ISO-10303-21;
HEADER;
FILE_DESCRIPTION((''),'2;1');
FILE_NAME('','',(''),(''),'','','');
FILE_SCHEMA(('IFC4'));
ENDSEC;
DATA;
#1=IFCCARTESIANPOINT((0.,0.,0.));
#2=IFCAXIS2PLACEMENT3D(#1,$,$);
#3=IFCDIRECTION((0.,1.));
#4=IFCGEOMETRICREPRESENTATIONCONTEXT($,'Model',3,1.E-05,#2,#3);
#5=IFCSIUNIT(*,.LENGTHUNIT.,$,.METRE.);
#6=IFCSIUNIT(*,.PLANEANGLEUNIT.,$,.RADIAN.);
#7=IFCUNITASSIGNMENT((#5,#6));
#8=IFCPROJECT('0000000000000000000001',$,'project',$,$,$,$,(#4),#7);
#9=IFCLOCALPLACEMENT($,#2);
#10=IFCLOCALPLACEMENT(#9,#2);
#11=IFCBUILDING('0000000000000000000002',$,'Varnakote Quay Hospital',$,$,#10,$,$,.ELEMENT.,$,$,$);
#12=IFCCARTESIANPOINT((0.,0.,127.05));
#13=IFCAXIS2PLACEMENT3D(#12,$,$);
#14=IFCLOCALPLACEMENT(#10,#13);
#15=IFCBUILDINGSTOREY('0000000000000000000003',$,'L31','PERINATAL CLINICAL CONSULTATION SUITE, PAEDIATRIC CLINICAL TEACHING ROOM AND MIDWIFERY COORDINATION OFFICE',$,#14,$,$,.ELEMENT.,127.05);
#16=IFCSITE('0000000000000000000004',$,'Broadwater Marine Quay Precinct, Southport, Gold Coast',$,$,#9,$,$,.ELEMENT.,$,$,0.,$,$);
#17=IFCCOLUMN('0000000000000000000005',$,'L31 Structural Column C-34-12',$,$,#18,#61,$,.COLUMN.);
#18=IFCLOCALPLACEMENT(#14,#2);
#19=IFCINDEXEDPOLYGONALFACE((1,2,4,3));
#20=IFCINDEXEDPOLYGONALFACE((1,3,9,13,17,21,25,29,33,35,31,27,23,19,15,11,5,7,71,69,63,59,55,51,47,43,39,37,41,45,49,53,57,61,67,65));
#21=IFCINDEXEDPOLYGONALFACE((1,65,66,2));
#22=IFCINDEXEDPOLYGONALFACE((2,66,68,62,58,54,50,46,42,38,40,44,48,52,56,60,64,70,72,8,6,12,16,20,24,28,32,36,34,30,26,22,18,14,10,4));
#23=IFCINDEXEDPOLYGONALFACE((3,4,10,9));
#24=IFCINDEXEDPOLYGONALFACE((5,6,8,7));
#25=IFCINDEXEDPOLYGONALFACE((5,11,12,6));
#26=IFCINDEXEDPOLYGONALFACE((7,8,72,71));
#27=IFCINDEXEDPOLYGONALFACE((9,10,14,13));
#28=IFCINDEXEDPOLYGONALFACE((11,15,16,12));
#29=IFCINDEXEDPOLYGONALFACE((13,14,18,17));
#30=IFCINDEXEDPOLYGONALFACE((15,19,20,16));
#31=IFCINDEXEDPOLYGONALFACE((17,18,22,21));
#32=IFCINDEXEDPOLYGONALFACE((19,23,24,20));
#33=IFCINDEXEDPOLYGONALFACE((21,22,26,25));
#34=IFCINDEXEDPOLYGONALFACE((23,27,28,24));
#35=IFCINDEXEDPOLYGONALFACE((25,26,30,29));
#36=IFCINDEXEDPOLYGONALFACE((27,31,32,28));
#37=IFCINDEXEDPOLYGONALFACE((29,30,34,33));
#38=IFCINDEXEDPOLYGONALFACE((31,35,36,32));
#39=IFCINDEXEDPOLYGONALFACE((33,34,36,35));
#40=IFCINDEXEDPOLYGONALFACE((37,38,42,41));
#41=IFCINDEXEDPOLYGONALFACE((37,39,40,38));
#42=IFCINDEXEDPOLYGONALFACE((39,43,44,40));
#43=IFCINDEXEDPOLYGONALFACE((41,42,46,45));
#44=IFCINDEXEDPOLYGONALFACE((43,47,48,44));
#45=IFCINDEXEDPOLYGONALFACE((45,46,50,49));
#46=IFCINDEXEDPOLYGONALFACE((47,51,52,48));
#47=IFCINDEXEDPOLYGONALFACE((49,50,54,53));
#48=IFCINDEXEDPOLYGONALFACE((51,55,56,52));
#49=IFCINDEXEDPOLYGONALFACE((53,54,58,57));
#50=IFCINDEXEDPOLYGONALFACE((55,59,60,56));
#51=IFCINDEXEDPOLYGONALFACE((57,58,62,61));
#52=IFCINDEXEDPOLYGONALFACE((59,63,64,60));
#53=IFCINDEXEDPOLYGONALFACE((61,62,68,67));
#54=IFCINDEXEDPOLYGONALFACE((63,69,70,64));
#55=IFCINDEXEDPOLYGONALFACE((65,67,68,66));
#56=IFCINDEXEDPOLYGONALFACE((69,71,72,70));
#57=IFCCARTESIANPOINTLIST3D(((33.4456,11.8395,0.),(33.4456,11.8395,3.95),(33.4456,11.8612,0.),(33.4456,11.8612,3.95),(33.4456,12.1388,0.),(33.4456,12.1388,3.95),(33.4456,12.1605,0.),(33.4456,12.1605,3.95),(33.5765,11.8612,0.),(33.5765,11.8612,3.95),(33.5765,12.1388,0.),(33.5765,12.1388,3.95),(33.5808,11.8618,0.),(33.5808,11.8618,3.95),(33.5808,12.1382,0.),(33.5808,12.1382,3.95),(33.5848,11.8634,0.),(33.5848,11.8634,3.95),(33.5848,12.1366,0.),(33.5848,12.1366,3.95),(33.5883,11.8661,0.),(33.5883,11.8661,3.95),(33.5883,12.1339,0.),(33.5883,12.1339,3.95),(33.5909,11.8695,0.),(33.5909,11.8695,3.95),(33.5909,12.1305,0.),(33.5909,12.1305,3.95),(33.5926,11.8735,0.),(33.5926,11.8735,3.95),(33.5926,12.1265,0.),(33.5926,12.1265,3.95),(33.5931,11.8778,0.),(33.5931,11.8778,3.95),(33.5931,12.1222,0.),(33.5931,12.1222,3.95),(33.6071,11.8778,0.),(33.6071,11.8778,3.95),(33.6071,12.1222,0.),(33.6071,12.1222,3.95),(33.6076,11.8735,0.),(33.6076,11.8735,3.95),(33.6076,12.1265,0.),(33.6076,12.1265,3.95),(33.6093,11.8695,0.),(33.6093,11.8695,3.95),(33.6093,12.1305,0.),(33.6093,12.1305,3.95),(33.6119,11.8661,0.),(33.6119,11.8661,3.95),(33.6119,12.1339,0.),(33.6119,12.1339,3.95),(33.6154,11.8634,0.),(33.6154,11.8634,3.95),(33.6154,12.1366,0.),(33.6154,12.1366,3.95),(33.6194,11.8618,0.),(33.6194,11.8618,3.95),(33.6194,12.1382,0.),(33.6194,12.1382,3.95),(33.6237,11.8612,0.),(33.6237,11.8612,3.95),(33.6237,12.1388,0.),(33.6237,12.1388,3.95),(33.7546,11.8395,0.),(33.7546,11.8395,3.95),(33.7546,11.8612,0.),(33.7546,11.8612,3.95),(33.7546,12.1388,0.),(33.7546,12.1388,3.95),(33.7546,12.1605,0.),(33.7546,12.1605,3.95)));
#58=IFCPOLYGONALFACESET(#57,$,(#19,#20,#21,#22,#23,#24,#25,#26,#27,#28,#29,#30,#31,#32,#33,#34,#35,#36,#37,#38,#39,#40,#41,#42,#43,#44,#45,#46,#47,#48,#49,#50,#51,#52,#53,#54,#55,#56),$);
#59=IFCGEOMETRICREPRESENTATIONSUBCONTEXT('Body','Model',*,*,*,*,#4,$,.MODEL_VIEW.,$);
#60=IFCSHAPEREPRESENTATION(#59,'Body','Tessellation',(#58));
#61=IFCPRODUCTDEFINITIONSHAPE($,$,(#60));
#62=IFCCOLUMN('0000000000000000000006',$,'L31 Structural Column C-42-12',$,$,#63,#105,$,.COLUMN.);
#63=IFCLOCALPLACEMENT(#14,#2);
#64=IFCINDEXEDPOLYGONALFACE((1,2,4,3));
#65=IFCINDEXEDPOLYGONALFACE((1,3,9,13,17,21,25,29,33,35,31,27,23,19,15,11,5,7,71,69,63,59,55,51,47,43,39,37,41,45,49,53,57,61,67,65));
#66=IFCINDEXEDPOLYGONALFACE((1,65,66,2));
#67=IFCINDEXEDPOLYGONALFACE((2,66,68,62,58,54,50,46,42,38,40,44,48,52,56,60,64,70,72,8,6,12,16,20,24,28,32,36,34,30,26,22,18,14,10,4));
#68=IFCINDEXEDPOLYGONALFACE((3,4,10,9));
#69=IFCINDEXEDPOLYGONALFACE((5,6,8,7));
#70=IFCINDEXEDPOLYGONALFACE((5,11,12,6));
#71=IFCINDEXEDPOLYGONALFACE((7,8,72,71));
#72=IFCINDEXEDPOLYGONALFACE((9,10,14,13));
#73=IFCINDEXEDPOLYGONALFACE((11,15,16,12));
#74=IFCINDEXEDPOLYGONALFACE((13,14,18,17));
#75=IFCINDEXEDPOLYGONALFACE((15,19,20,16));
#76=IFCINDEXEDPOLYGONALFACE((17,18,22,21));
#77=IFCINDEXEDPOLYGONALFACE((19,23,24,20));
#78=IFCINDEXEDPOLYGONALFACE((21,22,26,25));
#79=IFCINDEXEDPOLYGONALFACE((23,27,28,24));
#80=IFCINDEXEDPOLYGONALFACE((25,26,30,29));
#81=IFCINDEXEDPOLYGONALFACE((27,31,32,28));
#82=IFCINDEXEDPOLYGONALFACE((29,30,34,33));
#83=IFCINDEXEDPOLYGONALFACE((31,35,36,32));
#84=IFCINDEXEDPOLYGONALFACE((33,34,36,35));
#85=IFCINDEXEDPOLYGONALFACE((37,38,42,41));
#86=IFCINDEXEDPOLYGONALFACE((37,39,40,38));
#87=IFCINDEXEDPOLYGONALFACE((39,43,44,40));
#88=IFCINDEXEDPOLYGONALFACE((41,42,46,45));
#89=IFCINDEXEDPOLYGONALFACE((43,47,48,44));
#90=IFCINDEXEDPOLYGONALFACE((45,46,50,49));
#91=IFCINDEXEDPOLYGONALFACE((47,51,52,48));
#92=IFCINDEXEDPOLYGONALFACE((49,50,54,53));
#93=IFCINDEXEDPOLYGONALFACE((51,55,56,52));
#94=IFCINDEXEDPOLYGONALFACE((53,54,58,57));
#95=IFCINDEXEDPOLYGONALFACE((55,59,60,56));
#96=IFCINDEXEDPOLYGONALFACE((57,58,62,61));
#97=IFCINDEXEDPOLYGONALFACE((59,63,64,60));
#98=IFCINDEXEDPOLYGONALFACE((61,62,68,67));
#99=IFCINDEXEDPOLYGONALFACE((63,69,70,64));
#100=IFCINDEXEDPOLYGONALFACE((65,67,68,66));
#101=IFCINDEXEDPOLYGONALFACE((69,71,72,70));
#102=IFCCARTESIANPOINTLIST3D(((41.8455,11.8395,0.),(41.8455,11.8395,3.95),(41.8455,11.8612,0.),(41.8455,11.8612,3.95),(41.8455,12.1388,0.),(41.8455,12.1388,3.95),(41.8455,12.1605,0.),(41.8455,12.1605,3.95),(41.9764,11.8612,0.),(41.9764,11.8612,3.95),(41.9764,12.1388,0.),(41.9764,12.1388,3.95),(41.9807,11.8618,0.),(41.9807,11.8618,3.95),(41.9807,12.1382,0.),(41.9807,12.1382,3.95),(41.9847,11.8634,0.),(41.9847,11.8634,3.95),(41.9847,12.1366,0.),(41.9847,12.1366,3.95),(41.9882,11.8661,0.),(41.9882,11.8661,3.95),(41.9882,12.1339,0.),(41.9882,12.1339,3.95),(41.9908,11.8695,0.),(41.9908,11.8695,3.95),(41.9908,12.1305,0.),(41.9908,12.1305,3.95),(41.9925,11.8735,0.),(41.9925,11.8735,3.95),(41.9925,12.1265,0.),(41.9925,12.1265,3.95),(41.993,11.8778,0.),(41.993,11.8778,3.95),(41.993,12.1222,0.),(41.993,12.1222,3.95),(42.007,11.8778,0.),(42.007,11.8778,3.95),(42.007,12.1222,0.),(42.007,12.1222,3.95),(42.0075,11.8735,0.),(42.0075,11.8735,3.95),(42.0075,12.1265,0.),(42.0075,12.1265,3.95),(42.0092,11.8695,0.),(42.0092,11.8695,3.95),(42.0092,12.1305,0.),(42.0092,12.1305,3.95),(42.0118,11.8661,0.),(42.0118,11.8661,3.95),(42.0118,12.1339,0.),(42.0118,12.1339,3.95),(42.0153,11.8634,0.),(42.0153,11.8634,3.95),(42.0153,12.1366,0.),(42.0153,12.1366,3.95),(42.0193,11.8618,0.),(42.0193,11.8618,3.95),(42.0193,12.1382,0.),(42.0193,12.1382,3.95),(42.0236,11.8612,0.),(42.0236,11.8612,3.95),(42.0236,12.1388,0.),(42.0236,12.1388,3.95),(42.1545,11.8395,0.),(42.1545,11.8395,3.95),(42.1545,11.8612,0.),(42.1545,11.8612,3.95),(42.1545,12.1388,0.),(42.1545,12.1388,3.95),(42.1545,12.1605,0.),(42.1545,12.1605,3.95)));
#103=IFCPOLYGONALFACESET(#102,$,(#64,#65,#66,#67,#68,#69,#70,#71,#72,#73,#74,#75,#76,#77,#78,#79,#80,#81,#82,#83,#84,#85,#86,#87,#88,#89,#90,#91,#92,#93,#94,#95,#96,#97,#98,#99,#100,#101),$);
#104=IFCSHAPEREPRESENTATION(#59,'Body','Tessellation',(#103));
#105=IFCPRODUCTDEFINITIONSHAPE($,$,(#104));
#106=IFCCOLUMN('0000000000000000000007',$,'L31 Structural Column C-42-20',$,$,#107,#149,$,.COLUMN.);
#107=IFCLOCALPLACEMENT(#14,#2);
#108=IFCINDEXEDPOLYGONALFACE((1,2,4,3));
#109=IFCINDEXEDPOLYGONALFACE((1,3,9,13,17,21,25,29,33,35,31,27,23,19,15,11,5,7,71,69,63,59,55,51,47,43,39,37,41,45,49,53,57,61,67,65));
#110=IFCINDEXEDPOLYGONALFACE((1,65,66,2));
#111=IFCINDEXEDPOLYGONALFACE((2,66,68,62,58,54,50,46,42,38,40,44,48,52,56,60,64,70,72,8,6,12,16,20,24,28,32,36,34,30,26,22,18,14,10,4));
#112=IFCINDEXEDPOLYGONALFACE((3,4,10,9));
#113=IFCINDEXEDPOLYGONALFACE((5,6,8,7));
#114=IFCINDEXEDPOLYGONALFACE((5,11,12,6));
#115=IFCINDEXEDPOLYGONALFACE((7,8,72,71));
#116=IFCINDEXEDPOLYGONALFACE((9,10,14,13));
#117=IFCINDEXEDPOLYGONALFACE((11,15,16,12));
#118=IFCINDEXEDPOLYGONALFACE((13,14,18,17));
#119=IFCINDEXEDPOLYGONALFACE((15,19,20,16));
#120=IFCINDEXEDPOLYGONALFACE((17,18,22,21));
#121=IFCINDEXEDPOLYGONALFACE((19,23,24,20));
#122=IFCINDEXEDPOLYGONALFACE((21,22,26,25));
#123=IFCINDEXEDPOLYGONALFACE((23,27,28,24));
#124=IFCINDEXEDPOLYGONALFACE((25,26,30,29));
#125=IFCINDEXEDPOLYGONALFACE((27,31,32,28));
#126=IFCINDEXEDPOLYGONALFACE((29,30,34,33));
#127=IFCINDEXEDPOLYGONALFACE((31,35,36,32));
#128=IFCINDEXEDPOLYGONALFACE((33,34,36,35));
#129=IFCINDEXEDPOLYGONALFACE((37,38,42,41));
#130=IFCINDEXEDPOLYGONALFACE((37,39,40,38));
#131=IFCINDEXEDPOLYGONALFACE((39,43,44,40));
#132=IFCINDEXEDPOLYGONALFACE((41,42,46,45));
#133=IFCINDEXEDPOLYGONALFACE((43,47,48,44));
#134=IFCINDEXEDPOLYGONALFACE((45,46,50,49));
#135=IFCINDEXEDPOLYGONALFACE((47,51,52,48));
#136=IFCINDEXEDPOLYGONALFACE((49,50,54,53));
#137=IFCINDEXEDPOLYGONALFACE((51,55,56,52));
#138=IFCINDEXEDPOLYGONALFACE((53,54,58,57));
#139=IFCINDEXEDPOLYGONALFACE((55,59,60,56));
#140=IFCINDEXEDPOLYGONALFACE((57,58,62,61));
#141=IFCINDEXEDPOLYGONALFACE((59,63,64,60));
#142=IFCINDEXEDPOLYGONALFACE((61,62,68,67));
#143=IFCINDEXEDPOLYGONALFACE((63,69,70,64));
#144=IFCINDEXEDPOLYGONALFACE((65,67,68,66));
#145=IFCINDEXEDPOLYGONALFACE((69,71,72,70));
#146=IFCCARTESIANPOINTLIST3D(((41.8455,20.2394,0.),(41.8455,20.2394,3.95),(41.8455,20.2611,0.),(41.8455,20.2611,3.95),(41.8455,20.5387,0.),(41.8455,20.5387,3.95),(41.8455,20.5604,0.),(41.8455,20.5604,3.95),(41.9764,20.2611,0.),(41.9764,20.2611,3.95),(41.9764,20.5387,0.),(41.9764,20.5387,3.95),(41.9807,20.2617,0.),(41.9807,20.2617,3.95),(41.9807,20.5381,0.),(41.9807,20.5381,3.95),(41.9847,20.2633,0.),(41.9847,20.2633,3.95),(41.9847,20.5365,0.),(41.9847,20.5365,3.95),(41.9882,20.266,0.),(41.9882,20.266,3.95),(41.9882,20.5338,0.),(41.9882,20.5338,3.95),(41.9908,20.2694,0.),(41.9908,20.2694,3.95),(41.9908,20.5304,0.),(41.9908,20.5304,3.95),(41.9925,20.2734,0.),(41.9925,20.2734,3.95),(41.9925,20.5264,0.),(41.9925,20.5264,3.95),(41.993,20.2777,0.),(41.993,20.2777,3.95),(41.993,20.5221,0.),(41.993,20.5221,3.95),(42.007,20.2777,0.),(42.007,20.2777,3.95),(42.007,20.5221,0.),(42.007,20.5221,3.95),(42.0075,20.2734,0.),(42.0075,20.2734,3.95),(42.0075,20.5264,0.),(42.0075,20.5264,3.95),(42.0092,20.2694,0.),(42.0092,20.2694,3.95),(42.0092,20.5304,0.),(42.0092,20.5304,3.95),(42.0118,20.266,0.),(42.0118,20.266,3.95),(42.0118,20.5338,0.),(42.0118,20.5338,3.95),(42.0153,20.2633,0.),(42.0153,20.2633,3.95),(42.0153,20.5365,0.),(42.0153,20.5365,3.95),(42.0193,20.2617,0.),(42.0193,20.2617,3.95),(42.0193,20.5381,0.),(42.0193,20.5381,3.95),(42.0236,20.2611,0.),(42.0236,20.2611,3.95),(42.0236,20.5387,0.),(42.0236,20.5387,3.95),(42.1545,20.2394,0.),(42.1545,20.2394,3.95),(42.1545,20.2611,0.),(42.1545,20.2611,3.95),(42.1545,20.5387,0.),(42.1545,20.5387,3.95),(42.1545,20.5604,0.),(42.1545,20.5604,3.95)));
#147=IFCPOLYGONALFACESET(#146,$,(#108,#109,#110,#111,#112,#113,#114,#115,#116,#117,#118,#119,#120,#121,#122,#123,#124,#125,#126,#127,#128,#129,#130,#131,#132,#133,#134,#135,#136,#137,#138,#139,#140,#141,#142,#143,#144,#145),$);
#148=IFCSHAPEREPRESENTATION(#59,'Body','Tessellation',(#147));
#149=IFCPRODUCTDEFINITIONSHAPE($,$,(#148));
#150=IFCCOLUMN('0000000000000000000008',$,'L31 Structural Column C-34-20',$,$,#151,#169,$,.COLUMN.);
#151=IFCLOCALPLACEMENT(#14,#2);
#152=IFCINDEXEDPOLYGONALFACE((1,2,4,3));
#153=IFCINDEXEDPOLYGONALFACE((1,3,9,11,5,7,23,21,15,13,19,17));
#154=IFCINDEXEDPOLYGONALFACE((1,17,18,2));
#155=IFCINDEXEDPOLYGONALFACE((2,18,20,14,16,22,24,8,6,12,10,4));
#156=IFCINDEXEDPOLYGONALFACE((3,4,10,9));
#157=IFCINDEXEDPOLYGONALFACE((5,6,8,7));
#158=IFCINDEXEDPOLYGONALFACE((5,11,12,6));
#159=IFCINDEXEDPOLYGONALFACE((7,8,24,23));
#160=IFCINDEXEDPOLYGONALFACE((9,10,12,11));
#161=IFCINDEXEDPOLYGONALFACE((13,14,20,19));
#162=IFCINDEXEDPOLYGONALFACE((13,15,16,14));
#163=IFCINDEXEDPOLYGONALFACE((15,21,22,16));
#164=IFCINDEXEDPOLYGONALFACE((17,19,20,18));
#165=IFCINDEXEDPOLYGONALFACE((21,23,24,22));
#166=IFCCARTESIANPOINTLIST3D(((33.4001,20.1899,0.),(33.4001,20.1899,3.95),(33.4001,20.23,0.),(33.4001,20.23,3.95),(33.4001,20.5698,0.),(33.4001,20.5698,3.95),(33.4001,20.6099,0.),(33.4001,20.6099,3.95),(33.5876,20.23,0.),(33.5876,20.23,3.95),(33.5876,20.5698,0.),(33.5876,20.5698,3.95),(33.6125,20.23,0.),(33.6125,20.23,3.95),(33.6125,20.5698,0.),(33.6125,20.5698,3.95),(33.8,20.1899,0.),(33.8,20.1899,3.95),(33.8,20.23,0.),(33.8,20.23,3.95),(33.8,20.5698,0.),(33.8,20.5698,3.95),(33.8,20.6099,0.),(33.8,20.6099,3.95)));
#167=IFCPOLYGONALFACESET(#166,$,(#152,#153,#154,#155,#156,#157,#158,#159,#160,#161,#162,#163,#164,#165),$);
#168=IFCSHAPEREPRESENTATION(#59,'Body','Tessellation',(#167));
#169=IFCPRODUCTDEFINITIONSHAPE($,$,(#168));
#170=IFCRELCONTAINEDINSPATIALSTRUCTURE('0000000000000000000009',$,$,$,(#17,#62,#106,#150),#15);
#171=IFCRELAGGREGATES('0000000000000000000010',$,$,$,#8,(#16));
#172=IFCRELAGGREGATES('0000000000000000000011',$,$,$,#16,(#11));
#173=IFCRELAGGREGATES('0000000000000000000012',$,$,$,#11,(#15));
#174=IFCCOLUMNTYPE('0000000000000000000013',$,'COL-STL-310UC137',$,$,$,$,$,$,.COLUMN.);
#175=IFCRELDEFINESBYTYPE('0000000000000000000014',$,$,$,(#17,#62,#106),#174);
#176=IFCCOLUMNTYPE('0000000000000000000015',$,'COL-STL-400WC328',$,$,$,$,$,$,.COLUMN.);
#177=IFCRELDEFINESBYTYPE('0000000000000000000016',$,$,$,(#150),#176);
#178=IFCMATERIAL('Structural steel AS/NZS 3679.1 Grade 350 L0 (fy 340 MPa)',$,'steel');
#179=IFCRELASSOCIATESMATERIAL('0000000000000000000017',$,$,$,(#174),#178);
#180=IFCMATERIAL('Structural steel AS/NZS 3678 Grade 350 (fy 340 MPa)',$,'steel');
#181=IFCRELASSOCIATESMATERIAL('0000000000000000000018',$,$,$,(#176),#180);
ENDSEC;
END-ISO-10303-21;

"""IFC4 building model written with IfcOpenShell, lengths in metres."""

from ifc_helpers import new_model, si_unit, direction, frame, origin, origin_2d, place, context, subcontext, project, spatial, i_section, extrude, material, material_profile, profile_set, type_object, element, save


model = new_model("IFC4")

# Units and contexts
model_context = context("Model", 3, precision=1e-05, world=origin(), true_north=direction((0.0, 1.0)))
body_context = subcontext(model_context, "Body", "Model", "MODEL_VIEW")
ifc_project = project(units=[si_unit("LENGTHUNIT", "METRE"), si_unit("PLANEANGLEUNIT", "RADIAN")], contexts=[model_context])

# Site, building, storey
site_placement = place(None, origin())
site = spatial("IfcSite", under=ifc_project, at=site_placement, Name="Broadwater Marine Quay Precinct, Southport, Gold Coast", CompositionType="ELEMENT", RefElevation=0.0)
building_placement = place(site_placement, origin())
building = spatial("IfcBuilding", under=site, at=building_placement, Name="Varnakote Quay Hospital", CompositionType="ELEMENT")
storey_placement = place(building_placement, frame((0.0, 0.0, 127.05)))
storey = spatial("IfcBuildingStorey", under=building, at=storey_placement, Name="L31", Description="PERINATAL CLINICAL CONSULTATION SUITE, PAEDIATRIC CLINICAL TEACHING ROOM AND MIDWIFERY COORDINATION OFFICE", CompositionType="ELEMENT", Elevation=127.05)

# Columns
ifc_material_1 = material(Name="Structural steel AS/NZS 3679.1 Grade 350 L0 (fy 340 MPa)", Category="steel")
ifc_material_profile_1 = material_profile(ifc_material_1, i_section(OverallWidth=0.3091, OverallDepth=0.321, WebThickness=0.0139, FlangeThickness=0.0217, FilletRadius=0.0166, at=origin_2d()), Name="310UC137")
ifc_profile_set_1 = profile_set([ifc_material_profile_1], Name="Structural steel AS/NZS 3679.1 Grade 350 L0 (fy 340 MPa)")
column_type_1 = type_object("IfcColumnType", Name="COL-STL-310UC137", PredefinedType="COLUMN", material=ifc_profile_set_1)
for number, where, z_axis, x_axis, name in (
    (1, (33.6001, 12.0, 0.0), (0.0, 0.0, 1.0), (1.0, 0.0, 0.0), "L31 Structural Column C-34-12"),
    (2, (42.0, 12.0, 0.0), (0.0, 0.0, 1.0), (1.0, 0.0, 0.0), "L31 Structural Column C-42-12"),
    (3, (42.0, 20.3999, 0.0), (0.0, 0.0, 1.0), (1.0, 0.0, 0.0), "L31 Structural Column C-42-20"),
):
    element("IfcColumn", number, at=place(storey_placement, frame(where, z_axis=z_axis, x_axis=x_axis)), inside=storey, type_object=column_type_1, Name=name, PredefinedType="COLUMN", context=body_context, shape_type="SweptSolid", body=[
        extrude(i_section(OverallWidth=0.3091, OverallDepth=0.321, WebThickness=0.0139, FlangeThickness=0.0217, FilletRadius=0.0166, at=origin_2d()), origin(), (0.0, 0.0, 1.0), 3.95),
    ])
ifc_material_2 = material(Name="Structural steel AS/NZS 3678 Grade 350 (fy 340 MPa)", Category="steel")
ifc_material_profile_2 = material_profile(ifc_material_2, i_section(OverallWidth=0.3999, OverallDepth=0.4199, WebThickness=0.0249, FlangeThickness=0.04, at=origin_2d()), Name="400WC328")
ifc_profile_set_2 = profile_set([ifc_material_profile_2], Name="Structural steel AS/NZS 3678 Grade 350 (fy 340 MPa)")
column_type_2 = type_object("IfcColumnType", Name="COL-STL-400WC328", PredefinedType="COLUMN", material=ifc_profile_set_2)
column_placement = place(storey_placement, frame((33.6001, 20.3999, 0.0), z_axis=(0.0, 0.0, 1.0), x_axis=(1.0, 0.0, 0.0)))
element("IfcColumn", 4, at=column_placement, inside=storey, type_object=column_type_2, Name="L31 Structural Column C-34-20", PredefinedType="COLUMN", context=body_context, shape_type="SweptSolid", body=[
    extrude(i_section(OverallWidth=0.3999, OverallDepth=0.4199, WebThickness=0.0249, FlangeThickness=0.04, at=origin_2d()), origin(), (0.0, 0.0, 1.0), 3.95),
])

save(model, "model.ifc")
